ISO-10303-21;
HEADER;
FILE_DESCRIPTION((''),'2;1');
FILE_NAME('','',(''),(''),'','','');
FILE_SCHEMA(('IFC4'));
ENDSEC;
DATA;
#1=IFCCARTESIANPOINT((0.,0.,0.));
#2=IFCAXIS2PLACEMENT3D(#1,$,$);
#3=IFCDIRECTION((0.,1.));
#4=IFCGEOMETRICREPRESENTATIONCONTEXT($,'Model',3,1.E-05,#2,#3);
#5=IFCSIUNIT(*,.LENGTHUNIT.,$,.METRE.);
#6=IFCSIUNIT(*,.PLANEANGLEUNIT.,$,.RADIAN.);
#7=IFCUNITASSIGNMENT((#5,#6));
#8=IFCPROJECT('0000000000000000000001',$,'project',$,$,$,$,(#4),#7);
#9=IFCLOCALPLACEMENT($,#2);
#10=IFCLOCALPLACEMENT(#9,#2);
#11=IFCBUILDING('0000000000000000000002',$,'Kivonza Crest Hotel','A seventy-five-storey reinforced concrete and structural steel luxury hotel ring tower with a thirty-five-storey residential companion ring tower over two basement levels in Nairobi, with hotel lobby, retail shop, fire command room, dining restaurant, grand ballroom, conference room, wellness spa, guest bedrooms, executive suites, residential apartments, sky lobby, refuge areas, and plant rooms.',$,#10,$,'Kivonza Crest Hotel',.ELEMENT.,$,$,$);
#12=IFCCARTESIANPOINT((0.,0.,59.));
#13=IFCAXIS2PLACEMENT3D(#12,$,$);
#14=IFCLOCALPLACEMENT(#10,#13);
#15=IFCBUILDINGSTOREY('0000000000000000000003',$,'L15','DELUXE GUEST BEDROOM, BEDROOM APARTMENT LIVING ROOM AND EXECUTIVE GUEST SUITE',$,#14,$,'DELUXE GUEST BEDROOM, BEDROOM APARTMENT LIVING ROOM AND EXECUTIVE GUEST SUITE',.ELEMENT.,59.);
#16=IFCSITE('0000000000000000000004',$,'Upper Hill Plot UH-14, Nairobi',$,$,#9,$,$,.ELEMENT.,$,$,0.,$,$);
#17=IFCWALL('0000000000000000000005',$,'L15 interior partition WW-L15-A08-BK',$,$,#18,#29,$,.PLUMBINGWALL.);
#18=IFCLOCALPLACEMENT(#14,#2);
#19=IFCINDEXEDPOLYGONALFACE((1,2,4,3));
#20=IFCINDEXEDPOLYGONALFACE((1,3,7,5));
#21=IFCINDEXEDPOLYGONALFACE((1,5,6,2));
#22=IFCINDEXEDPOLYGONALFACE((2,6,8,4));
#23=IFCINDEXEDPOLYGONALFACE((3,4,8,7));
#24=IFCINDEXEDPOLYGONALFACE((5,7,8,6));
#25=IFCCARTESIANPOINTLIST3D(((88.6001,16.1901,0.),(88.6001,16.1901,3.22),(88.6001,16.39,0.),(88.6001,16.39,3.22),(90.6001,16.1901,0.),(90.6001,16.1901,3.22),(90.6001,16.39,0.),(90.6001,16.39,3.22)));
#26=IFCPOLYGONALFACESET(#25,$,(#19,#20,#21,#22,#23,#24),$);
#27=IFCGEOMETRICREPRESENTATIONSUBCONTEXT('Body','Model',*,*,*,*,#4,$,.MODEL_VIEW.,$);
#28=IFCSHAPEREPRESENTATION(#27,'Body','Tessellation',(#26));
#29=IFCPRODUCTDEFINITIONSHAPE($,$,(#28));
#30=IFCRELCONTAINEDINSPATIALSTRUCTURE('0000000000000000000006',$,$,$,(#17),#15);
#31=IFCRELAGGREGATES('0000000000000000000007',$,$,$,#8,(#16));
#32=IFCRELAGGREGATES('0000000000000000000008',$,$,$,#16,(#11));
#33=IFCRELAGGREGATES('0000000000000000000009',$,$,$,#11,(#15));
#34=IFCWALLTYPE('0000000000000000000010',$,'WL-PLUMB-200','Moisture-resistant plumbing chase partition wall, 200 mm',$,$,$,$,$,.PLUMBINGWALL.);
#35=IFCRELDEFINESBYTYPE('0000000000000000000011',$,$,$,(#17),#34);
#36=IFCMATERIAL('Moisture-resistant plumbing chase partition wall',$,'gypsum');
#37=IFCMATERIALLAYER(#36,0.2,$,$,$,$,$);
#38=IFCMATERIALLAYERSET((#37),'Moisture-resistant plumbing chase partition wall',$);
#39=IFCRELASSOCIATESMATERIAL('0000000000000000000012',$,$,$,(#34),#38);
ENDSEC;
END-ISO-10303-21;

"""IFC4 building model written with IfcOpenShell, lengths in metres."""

from ifc_helpers import new_model, si_unit, direction, frame, frame_2d, origin, place, context, subcontext, project, spatial, rectangle, extrude, material, layer, layer_set, type_object, element, save


model = new_model("IFC4")

# Units and contexts
model_context = context("Model", 3, precision=1e-05, world=origin(), true_north=direction((0.0, 1.0)))
body_context = subcontext(model_context, "Body", "Model", "MODEL_VIEW")
ifc_project = project(units=[si_unit("LENGTHUNIT", "METRE"), si_unit("PLANEANGLEUNIT", "RADIAN")], contexts=[model_context])

# Site, building, storey
site_placement = place(None, origin())
site = spatial("IfcSite", under=ifc_project, at=site_placement, Name="Upper Hill Plot UH-14, Nairobi", CompositionType="ELEMENT", RefElevation=0.0)
building_placement = place(site_placement, origin())
building = spatial("IfcBuilding", under=site, at=building_placement, Name="Kivonza Crest Hotel", Description="A seventy-five-storey reinforced concrete and structural steel luxury hotel ring tower with a thirty-five-storey residential companion ring tower over two basement levels in Nairobi, with hotel lobby, retail shop, fire command room, dining restaurant, grand ballroom, conference room, wellness spa, guest bedrooms, executive suites, residential apartments, sky lobby, refuge areas, and plant rooms.", LongName="Kivonza Crest Hotel", CompositionType="ELEMENT")
storey_placement = place(building_placement, frame((0.0, 0.0, 59.0)))
storey = spatial("IfcBuildingStorey", under=building, at=storey_placement, Name="L15", Description="DELUXE GUEST BEDROOM, BEDROOM APARTMENT LIVING ROOM AND EXECUTIVE GUEST SUITE", LongName="DELUXE GUEST BEDROOM, BEDROOM APARTMENT LIVING ROOM AND EXECUTIVE GUEST SUITE", CompositionType="ELEMENT", Elevation=59.0)

# Wall
ifc_material_1 = material(Name="Moisture-resistant plumbing chase partition wall", Category="gypsum")
ifc_layer_1 = layer(ifc_material_1, 0.2)
ifc_layer_set_1 = layer_set([ifc_layer_1], Name="Moisture-resistant plumbing chase partition wall")
wall_type_1 = type_object("IfcWallType", Name="WL-PLUMB-200", Description="Moisture-resistant plumbing chase partition wall, 200 mm", PredefinedType="PLUMBINGWALL", material=ifc_layer_set_1)
wall_1_placement = place(storey_placement, frame((88.6001, 16.29, 0.0), z_axis=(0.0, 0.0, 1.0), x_axis=(1.0, 0.0, 0.0)))
element("IfcWall", 1, at=wall_1_placement, inside=storey, type_object=wall_type_1, Name="L15 interior partition WW-L15-A08-BK", PredefinedType="PLUMBINGWALL", context=body_context, shape_type="SweptSolid", body=[
    extrude(rectangle(XDim=2.0, YDim=0.2, at=frame_2d((1.0, 0.0))), origin(), (0.0, 0.0, 1.0), 3.22),
])

save(model, "model.ifc")
